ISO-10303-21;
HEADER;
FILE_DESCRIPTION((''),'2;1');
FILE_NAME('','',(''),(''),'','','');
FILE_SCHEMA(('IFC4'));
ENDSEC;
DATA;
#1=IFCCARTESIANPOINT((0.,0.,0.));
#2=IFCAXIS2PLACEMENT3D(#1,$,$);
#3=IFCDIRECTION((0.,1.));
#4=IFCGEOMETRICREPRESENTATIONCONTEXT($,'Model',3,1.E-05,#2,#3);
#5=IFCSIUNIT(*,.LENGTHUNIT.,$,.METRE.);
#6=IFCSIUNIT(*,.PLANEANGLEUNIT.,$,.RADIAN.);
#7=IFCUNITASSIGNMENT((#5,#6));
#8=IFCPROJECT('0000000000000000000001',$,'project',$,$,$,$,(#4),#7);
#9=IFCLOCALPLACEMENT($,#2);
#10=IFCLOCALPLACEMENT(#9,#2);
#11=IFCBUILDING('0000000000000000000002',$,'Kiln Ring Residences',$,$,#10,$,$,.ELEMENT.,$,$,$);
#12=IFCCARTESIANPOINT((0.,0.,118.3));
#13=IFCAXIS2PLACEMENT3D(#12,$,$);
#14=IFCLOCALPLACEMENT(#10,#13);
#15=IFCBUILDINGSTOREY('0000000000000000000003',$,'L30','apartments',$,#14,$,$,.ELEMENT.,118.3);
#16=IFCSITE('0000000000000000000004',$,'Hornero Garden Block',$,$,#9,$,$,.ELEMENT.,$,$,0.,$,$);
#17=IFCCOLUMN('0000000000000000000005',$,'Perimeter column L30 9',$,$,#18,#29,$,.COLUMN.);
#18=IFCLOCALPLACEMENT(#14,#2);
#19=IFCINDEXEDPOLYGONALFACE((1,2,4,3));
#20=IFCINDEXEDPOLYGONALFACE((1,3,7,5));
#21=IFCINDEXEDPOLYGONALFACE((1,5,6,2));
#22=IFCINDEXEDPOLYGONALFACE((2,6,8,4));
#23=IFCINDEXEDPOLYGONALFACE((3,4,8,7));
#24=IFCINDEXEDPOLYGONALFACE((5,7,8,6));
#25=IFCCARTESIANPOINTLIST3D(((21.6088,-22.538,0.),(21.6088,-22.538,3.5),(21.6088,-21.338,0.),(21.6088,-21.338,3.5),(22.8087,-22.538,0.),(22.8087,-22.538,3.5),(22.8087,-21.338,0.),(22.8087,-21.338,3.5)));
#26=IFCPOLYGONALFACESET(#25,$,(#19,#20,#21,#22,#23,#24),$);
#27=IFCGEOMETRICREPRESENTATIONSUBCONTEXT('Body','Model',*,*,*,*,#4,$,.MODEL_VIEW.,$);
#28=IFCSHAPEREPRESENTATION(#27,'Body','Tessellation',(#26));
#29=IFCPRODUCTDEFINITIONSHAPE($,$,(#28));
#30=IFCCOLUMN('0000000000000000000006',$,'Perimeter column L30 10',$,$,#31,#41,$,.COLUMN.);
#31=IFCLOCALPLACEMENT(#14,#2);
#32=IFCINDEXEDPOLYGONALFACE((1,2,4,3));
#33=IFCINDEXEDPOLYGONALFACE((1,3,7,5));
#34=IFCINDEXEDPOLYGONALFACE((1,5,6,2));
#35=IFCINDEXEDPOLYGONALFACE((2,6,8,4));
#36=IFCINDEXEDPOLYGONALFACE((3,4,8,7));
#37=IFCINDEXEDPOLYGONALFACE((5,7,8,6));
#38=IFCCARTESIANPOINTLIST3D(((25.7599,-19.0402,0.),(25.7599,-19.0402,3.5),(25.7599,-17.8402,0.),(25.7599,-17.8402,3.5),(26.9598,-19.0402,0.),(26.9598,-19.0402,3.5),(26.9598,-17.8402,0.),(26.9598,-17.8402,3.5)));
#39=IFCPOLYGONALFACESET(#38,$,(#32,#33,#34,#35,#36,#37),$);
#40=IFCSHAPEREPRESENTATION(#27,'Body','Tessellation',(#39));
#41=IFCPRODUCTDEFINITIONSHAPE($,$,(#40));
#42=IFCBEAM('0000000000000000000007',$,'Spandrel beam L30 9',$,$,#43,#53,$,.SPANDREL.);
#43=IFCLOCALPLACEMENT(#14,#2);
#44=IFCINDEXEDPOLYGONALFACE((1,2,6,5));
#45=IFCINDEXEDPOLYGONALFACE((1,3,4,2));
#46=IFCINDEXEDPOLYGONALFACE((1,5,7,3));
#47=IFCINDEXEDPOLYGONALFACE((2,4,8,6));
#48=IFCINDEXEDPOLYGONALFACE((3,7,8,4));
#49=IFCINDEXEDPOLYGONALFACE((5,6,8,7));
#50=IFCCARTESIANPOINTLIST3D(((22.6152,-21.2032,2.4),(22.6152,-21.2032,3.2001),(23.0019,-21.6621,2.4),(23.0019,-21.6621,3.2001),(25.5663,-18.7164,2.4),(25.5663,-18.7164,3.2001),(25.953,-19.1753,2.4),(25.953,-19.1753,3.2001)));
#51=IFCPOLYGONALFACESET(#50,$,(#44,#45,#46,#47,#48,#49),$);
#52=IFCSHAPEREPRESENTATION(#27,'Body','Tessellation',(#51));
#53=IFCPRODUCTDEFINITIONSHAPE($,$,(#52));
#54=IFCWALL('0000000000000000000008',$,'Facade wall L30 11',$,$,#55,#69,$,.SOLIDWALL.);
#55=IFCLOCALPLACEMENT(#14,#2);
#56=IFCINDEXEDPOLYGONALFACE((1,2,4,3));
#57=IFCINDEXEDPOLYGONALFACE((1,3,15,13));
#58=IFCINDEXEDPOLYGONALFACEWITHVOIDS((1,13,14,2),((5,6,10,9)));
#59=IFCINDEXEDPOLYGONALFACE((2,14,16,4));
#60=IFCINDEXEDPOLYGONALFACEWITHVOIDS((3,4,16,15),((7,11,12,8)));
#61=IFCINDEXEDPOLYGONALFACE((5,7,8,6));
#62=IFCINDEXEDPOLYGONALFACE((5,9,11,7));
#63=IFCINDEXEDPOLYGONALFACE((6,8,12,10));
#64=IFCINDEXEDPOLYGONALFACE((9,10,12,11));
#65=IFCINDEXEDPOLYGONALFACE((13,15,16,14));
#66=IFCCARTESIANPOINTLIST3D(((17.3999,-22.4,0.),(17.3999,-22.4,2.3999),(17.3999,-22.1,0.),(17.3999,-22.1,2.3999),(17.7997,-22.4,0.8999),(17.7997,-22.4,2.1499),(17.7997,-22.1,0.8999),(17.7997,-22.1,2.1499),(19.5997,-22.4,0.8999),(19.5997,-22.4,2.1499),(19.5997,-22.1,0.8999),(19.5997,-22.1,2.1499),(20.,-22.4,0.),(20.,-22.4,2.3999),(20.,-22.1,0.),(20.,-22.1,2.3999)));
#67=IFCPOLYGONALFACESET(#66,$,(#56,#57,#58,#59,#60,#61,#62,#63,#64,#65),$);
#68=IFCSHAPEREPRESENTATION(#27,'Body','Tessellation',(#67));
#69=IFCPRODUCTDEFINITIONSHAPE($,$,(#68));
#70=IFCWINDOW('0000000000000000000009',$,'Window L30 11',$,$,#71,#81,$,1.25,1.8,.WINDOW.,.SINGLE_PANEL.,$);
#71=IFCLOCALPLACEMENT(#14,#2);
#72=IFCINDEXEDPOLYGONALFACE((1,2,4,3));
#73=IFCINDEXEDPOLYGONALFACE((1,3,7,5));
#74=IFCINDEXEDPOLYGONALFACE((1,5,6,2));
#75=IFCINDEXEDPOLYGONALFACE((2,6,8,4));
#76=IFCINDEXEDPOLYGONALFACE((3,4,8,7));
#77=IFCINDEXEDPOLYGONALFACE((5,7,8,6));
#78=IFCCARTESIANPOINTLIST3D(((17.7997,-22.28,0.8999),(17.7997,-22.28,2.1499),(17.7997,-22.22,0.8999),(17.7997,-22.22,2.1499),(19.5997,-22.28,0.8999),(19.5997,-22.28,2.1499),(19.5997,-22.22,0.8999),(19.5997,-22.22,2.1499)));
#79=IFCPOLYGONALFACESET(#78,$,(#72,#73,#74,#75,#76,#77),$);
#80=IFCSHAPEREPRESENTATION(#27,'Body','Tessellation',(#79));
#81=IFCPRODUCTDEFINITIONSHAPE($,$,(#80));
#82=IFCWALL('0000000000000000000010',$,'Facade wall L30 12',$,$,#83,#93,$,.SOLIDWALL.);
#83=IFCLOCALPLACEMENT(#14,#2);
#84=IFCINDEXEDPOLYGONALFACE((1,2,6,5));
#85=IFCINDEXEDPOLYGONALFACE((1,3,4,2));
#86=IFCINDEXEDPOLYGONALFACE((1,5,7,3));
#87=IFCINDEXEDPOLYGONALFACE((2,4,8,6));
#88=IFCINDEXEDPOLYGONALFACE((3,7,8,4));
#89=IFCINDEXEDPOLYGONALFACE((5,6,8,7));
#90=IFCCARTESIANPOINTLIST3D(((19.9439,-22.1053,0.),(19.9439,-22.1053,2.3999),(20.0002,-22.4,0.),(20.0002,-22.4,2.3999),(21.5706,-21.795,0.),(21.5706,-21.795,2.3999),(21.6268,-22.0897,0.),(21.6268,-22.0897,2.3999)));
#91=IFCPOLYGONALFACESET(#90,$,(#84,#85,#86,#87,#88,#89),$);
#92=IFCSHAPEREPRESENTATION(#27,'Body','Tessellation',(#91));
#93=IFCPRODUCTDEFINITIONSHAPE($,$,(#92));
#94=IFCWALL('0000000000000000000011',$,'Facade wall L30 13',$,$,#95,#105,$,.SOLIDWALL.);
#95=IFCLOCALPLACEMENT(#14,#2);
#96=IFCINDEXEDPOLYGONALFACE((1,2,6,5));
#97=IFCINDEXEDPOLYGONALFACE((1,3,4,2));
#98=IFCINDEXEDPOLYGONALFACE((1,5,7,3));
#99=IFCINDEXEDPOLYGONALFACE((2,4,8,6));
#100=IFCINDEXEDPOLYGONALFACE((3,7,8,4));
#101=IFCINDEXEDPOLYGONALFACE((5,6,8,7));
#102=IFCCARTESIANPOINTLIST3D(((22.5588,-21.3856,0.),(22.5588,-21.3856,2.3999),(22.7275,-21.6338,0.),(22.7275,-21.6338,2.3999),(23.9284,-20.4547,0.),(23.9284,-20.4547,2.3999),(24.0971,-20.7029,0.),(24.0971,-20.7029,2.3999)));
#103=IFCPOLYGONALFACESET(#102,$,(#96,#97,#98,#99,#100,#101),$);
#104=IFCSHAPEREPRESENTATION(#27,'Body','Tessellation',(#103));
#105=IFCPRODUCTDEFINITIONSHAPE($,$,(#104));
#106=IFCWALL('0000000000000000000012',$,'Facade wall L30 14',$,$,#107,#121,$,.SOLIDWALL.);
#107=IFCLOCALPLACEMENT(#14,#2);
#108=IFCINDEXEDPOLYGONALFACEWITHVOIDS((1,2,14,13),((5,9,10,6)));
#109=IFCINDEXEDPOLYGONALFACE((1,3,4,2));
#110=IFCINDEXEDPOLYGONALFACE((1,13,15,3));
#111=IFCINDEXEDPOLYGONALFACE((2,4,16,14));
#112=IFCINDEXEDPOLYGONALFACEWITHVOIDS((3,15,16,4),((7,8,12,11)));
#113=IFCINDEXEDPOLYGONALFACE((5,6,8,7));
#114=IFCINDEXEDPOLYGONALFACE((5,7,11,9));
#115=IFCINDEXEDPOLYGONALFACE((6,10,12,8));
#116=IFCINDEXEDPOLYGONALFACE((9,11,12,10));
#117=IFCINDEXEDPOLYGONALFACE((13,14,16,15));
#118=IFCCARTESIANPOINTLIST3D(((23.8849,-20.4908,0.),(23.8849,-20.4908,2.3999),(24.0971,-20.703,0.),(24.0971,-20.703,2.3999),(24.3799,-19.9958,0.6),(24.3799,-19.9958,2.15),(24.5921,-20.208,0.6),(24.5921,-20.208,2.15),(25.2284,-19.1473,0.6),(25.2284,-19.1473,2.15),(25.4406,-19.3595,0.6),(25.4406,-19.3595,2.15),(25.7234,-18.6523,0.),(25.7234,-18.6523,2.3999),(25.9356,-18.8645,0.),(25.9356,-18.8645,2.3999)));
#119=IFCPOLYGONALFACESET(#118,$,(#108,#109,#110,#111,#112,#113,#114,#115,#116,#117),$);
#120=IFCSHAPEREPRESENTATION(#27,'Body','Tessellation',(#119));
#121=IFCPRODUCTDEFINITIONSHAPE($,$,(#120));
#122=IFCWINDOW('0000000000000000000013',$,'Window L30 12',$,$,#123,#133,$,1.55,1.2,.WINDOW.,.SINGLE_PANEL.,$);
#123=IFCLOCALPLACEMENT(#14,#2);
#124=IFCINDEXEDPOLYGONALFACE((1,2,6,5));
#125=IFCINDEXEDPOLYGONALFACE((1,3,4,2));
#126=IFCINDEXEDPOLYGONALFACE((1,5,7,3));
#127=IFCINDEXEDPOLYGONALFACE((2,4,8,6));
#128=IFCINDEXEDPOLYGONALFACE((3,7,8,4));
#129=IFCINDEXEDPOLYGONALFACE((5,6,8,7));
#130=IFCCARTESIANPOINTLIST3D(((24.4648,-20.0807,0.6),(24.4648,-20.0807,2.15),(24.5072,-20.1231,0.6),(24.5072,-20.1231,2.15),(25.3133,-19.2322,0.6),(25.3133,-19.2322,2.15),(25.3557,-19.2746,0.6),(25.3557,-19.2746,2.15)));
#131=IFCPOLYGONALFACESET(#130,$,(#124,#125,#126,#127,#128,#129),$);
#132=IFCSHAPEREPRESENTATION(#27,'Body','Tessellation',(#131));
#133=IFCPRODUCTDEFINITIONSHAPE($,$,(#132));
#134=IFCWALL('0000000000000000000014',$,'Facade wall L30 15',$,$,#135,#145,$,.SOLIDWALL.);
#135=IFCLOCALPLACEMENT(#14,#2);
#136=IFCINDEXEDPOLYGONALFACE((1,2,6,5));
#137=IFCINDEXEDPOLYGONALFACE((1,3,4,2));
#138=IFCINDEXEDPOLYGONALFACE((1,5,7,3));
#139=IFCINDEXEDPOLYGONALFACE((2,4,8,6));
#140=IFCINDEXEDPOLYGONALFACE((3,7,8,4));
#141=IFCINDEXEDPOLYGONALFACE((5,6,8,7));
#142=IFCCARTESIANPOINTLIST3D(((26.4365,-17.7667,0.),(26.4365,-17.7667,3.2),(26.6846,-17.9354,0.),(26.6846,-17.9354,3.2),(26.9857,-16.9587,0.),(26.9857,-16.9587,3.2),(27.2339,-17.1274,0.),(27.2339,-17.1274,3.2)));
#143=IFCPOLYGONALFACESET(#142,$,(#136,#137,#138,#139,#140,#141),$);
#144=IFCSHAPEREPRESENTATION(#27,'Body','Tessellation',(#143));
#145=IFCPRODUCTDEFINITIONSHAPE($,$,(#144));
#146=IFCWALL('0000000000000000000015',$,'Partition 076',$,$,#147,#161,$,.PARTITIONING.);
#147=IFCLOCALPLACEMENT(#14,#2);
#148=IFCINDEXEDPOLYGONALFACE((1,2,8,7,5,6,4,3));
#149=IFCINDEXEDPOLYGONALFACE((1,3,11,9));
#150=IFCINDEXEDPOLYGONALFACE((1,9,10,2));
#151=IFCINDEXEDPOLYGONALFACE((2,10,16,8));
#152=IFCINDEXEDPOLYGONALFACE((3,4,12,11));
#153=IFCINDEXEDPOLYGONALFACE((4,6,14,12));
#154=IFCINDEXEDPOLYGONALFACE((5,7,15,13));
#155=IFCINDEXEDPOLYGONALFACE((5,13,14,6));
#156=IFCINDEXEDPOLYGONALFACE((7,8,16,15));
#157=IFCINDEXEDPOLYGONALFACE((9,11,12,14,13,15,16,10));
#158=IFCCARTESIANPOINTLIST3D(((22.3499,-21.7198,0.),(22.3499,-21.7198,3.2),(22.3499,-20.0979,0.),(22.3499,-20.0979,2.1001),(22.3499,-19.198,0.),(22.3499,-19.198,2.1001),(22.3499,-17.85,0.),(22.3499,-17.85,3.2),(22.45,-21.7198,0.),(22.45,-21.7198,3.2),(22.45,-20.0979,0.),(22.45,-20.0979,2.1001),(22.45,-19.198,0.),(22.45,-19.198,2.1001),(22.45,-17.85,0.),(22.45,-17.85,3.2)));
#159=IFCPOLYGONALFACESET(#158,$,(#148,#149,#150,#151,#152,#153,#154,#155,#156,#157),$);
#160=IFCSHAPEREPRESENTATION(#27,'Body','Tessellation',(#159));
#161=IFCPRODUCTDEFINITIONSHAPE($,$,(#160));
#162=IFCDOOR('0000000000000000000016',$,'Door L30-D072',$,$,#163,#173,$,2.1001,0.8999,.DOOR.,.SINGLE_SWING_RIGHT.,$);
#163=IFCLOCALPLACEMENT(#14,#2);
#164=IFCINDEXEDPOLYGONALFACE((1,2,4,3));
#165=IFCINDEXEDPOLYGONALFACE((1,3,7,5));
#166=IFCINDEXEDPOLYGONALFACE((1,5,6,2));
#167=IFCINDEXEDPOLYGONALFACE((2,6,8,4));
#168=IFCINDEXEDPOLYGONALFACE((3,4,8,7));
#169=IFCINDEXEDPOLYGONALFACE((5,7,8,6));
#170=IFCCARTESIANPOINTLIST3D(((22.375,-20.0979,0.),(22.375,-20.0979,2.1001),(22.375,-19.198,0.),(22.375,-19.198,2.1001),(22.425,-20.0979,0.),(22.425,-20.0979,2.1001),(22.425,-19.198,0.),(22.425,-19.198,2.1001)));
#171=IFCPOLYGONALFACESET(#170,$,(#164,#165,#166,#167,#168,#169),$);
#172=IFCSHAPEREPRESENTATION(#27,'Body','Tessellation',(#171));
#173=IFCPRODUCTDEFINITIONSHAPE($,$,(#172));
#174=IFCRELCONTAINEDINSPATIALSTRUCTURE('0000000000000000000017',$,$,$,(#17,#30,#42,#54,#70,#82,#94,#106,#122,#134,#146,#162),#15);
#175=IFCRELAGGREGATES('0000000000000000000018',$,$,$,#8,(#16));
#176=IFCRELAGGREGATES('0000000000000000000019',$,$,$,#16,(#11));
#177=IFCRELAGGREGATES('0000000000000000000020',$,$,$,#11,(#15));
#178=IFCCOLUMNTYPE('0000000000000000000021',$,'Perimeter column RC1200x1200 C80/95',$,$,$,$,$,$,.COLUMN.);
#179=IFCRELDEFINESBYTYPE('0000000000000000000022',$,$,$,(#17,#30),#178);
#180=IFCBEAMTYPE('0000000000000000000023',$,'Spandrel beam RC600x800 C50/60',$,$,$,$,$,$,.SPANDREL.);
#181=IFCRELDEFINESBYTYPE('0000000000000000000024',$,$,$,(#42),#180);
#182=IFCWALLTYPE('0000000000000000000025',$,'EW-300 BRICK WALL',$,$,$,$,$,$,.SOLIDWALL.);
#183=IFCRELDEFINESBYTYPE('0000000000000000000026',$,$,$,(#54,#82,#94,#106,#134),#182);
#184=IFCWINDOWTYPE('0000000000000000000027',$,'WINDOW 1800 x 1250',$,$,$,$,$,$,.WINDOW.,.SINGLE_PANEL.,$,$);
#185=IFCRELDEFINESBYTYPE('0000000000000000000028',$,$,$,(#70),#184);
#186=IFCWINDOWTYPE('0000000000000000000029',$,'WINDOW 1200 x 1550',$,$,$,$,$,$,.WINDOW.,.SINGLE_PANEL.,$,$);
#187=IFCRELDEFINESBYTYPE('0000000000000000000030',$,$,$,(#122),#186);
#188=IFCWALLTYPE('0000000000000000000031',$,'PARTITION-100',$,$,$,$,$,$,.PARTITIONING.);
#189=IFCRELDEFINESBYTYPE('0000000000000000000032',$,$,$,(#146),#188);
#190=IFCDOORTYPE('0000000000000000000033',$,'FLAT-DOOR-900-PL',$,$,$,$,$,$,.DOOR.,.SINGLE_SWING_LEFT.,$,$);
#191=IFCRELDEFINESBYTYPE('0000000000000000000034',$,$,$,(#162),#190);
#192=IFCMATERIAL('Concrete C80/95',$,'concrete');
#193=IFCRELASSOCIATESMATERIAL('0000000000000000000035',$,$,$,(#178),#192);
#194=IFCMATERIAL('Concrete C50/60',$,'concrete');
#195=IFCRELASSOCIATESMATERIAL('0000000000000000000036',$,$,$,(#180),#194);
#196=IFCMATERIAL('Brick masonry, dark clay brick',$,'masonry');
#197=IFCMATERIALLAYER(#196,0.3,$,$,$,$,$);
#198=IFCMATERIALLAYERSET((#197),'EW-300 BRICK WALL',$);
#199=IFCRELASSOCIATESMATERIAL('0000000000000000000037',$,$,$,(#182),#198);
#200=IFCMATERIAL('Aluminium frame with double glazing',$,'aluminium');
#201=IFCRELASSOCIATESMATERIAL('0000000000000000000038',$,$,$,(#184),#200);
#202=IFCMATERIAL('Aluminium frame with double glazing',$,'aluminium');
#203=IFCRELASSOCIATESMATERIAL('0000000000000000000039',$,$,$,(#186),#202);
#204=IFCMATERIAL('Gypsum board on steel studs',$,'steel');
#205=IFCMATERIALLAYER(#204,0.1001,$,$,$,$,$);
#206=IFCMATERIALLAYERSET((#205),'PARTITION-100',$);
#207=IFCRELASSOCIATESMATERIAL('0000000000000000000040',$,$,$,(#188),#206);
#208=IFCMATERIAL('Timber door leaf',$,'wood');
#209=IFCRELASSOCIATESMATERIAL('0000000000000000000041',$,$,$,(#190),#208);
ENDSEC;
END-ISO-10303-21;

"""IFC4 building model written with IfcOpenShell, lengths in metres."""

from ifc_helpers import new_model, si_unit, direction, frame, frame_2d, origin, origin_2d, place, context, subcontext, project, spatial, rectangle, extrude, material, layer, layer_set, material_profile, profile_set, type_object, element, fill, save


model = new_model("IFC4")

# Units and contexts
model_context = context("Model", 3, precision=1e-05, world=origin(), true_north=direction((0.0, 1.0)))
body_context = subcontext(model_context, "Body", "Model", "MODEL_VIEW")
ifc_project = project(units=[si_unit("LENGTHUNIT", "METRE"), si_unit("PLANEANGLEUNIT", "RADIAN")], contexts=[model_context])

# Site, building, storey
site_placement = place(None, origin())
site = spatial("IfcSite", under=ifc_project, at=site_placement, Name="Hornero Garden Block", CompositionType="ELEMENT", RefElevation=0.0)
building_placement = place(site_placement, origin())
building = spatial("IfcBuilding", under=site, at=building_placement, Name="Kiln Ring Residences", CompositionType="ELEMENT")
storey_placement = place(building_placement, frame((0.0, 0.0, 118.3)))
storey = spatial("IfcBuildingStorey", under=building, at=storey_placement, Name="L30", Description="apartments", CompositionType="ELEMENT", Elevation=118.3)

# Columns
ifc_material_1 = material(Name="Concrete C80/95", Category="concrete")
ifc_material_profile_1 = material_profile(ifc_material_1, rectangle(XDim=1.2, YDim=1.2, at=origin_2d()), Name="RC1200x1200")
ifc_profile_set_1 = profile_set([ifc_material_profile_1], Name="Concrete C80/95")
column_type = type_object("IfcColumnType", Name="Perimeter column RC1200x1200 C80/95", PredefinedType="COLUMN", material=ifc_profile_set_1)
for number, where, z_axis, x_axis, name in (
    (1, (22.2087, -21.938, 0.0), (0.0, 0.0, 1.0), (1.0, 0.0, 0.0), "Perimeter column L30 9"),
    (2, (26.3599, -18.4402, 0.0), (0.0, 0.0, 1.0), (1.0, 0.0, 0.0), "Perimeter column L30 10"),
):
    element("IfcColumn", number, at=place(storey_placement, frame(where, z_axis=z_axis, x_axis=x_axis)), inside=storey, type_object=column_type, Name=name, PredefinedType="COLUMN", context=body_context, shape_type="SweptSolid", body=[
        extrude(rectangle(XDim=1.2, YDim=1.2, at=origin_2d()), origin(), (0.0, 0.0, 1.0), 3.5),
    ])

# Beam
ifc_material_2 = material(Name="Concrete C50/60", Category="concrete")
ifc_material_profile_2 = material_profile(ifc_material_2, rectangle(XDim=0.6001, YDim=0.8, at=origin_2d()), Name="RC600x800")
ifc_profile_set_2 = profile_set([ifc_material_profile_2], Name="Concrete C50/60")
beam_type = type_object("IfcBeamType", Name="Spandrel beam RC600x800 C50/60", PredefinedType="SPANDREL", material=ifc_profile_set_2)
beam_placement = place(storey_placement, frame((22.8086, -21.4326, 2.8), z_axis=(0.764704, 0.644381, 0.0), x_axis=(-0.644381, 0.764704, 0.0)))
element("IfcBeam", 3, at=beam_placement, inside=storey, type_object=beam_type, Name="Spandrel beam L30 9", PredefinedType="SPANDREL", context=body_context, shape_type="SweptSolid", body=[
    extrude(rectangle(XDim=0.6001, YDim=0.8, at=origin_2d()), origin(), (0.0, 0.0, 1.0), 3.8591),
])

# Wall, opening, window
ifc_material_3 = material(Name="Brick masonry, dark clay brick", Category="masonry")
ifc_layer_1 = layer(ifc_material_3, 0.3)
ifc_layer_set_1 = layer_set([ifc_layer_1], Name="EW-300 BRICK WALL")
wall_type_1 = type_object("IfcWallType", Name="EW-300 BRICK WALL", PredefinedType="SOLIDWALL", material=ifc_layer_set_1)
wall_1_placement = place(storey_placement, frame((17.3999, -22.25, 0.0), z_axis=(0.0, 0.0, 1.0), x_axis=(1.0, 0.0, 0.0)))
wall_1 = element("IfcWall", 4, at=wall_1_placement, inside=storey, type_object=wall_type_1, Name="Facade wall L30 11", PredefinedType="SOLIDWALL", context=body_context, shape_type="SweptSolid", body=[
    extrude(rectangle(XDim=2.6001, YDim=0.3, at=frame_2d((1.3, 0.0))), origin(), (0.0, 0.0, 1.0), 2.3999),
])
opening_1_placement = place(wall_1_placement, frame((0.3999, 0.0, 0.8999)))
opening_1 = element("IfcOpeningElement", 5, at=opening_1_placement, cuts=wall_1, PredefinedType="OPENING", context=body_context, shape_type="SweptSolid", body=[
    extrude(rectangle(XDim=1.8, YDim=1.25, at=frame_2d((0.8999, 0.625))), frame((0.0, 0.1599, 0.0), z_axis=(0.0, -1.0, 0.0), x_axis=(1.0, 0.0, 0.0)), (0.0, 0.0, 1.0), 0.3201),
])
ifc_material_4 = material(Name="Aluminium frame with double glazing", Category="aluminium")
window_type_1 = type_object("IfcWindowType", Name="WINDOW 1800 x 1250", PartitioningType="SINGLE_PANEL", PredefinedType="WINDOW", material=ifc_material_4)
window_1_placement = place(opening_1_placement, origin())
window_1 = element("IfcWindow", 6, at=window_1_placement, inside=storey, type_object=window_type_1, Name="Window L30 11", OverallHeight=1.25, OverallWidth=1.8, PartitioningType="SINGLE_PANEL", PredefinedType="WINDOW", context=body_context, shape_type="SweptSolid", body=[
    extrude(rectangle(XDim=1.8, YDim=1.25, at=frame_2d((0.8999, 0.625))), frame((0.0, 0.03, 0.0), z_axis=(0.0, -1.0, 0.0), x_axis=(1.0, 0.0, 0.0)), (0.0, 0.0, 1.0), 0.0601),
])
fill(opening_1, window_1)

# Walls
for number, where, z_axis, x_axis, name in (
    (7, (19.9719, -22.2527, 0.0), (0.0, 0.0, 1.0), (0.982288, 0.187376, 0.0), "Facade wall L30 12"),
    (8, (22.6431, -21.5098, 0.0), (0.0, 0.0, 1.0), (0.82705, 0.562129, 0.0), "Facade wall L30 13"),
):
    element("IfcWall", number, at=place(storey_placement, frame(where, z_axis=z_axis, x_axis=x_axis)), inside=storey, type_object=wall_type_1, Name=name, PredefinedType="SOLIDWALL", context=body_context, shape_type="SweptSolid", body=[
        extrude(rectangle(XDim=1.656, YDim=0.3, at=frame_2d((0.8281, 0.0))), origin(), (0.0, 0.0, 1.0), 2.3999),
    ])

# Wall, opening, window
wall_2_placement = place(storey_placement, frame((23.991, -20.5969, 0.0), z_axis=(0.0, 0.0, 1.0), x_axis=(0.707107, 0.707107, 0.0)))
wall_2 = element("IfcWall", 9, at=wall_2_placement, inside=storey, type_object=wall_type_1, Name="Facade wall L30 14", PredefinedType="SOLIDWALL", context=body_context, shape_type="SweptSolid", body=[
    extrude(rectangle(XDim=2.6001, YDim=0.3, at=frame_2d((1.3, 0.0))), origin(), (0.0, 0.0, 1.0), 2.3999),
])
opening_2_placement = place(wall_2_placement, frame((0.7, 0.0, 0.6001)))
opening_2 = element("IfcOpeningElement", 10, at=opening_2_placement, cuts=wall_2, PredefinedType="OPENING", context=body_context, shape_type="SweptSolid", body=[
    extrude(rectangle(XDim=1.2, YDim=1.55, at=frame_2d((0.6001, 0.7749))), frame((0.0, 0.1599, 0.0), z_axis=(0.0, -1.0, 0.0), x_axis=(1.0, 0.0, 0.0)), (0.0, 0.0, 1.0), 0.3201),
])
ifc_material_5 = material(Name="Aluminium frame with double glazing", Category="aluminium")
window_type_2 = type_object("IfcWindowType", Name="WINDOW 1200 x 1550", PartitioningType="SINGLE_PANEL", PredefinedType="WINDOW", material=ifc_material_5)
window_2_placement = place(opening_2_placement, origin())
window_2 = element("IfcWindow", 11, at=window_2_placement, inside=storey, type_object=window_type_2, Name="Window L30 12", OverallHeight=1.55, OverallWidth=1.2, PartitioningType="SINGLE_PANEL", PredefinedType="WINDOW", context=body_context, shape_type="SweptSolid", body=[
    extrude(rectangle(XDim=1.2, YDim=1.55, at=frame_2d((0.6001, 0.7749))), frame((0.0, 0.03, 0.0), z_axis=(0.0, -1.0, 0.0), x_axis=(1.0, 0.0, 0.0)), (0.0, 0.0, 1.0), 0.0601),
])
fill(opening_2, window_2)

# Wall
wall_3_placement = place(storey_placement, frame((26.5605, -17.8511, 0.0), z_axis=(0.0, 0.0, 1.0), x_axis=(0.562173, 0.827019, 0.0)))
element("IfcWall", 12, at=wall_3_placement, inside=storey, type_object=wall_type_1, Name="Facade wall L30 15", PredefinedType="SOLIDWALL", context=body_context, shape_type="SweptSolid", body=[
    extrude(rectangle(XDim=0.9771, YDim=0.3, at=frame_2d((0.4885, 0.0))), origin(), (0.0, 0.0, 1.0), 3.2),
])

# Wall, opening, door
ifc_material_6 = material(Name="Gypsum board on steel studs", Category="steel")
ifc_layer_2 = layer(ifc_material_6, 0.1001)
ifc_layer_set_2 = layer_set([ifc_layer_2], Name="PARTITION-100")
wall_type_2 = type_object("IfcWallType", Name="PARTITION-100", PredefinedType="PARTITIONING", material=ifc_layer_set_2)
wall_4_placement = place(storey_placement, frame((22.3999, -21.72, 0.0), z_axis=(0.0, 0.0, 1.0), x_axis=(0.0, 1.0, 0.0)))
wall_4 = element("IfcWall", 13, at=wall_4_placement, inside=storey, type_object=wall_type_2, Name="Partition 076", PredefinedType="PARTITIONING", context=body_context, shape_type="SweptSolid", body=[
    extrude(rectangle(XDim=3.8699, YDim=0.1001, at=frame_2d((1.9351, 0.0))), origin(), (0.0, 0.0, 1.0), 3.2),
])
opening_3_placement = place(wall_4_placement, frame((1.6221, 0.0, 0.0)))
opening_3 = element("IfcOpeningElement", 14, at=opening_3_placement, cuts=wall_4, PredefinedType="OPENING", context=body_context, shape_type="SweptSolid", body=[
    extrude(rectangle(XDim=0.8999, YDim=2.1001, at=frame_2d((0.45, 1.05))), frame((0.0, 0.0601, 0.0), z_axis=(0.0, -1.0, 0.0), x_axis=(1.0, 0.0, 0.0)), (0.0, 0.0, 1.0), 0.1201),
])
ifc_material_7 = material(Name="Timber door leaf", Category="wood")
door_type = type_object("IfcDoorType", Name="FLAT-DOOR-900-PL", OperationType="SINGLE_SWING_LEFT", PredefinedType="DOOR", material=ifc_material_7)
door_placement = place(opening_3_placement, origin())
door = element("IfcDoor", 15, at=door_placement, inside=storey, type_object=door_type, Name="Door L30-D072", OperationType="SINGLE_SWING_RIGHT", OverallHeight=2.1001, OverallWidth=0.8999, PredefinedType="DOOR", context=body_context, shape_type="SweptSolid", body=[
    extrude(rectangle(XDim=0.8999, YDim=2.1001, at=frame_2d((0.45, 1.05))), frame((0.0, 0.0249, 0.0), z_axis=(0.0, -1.0, 0.0), x_axis=(1.0, 0.0, 0.0)), (0.0, 0.0, 1.0), 0.05),
])
fill(opening_3, door)

save(model, "model.ifc")
